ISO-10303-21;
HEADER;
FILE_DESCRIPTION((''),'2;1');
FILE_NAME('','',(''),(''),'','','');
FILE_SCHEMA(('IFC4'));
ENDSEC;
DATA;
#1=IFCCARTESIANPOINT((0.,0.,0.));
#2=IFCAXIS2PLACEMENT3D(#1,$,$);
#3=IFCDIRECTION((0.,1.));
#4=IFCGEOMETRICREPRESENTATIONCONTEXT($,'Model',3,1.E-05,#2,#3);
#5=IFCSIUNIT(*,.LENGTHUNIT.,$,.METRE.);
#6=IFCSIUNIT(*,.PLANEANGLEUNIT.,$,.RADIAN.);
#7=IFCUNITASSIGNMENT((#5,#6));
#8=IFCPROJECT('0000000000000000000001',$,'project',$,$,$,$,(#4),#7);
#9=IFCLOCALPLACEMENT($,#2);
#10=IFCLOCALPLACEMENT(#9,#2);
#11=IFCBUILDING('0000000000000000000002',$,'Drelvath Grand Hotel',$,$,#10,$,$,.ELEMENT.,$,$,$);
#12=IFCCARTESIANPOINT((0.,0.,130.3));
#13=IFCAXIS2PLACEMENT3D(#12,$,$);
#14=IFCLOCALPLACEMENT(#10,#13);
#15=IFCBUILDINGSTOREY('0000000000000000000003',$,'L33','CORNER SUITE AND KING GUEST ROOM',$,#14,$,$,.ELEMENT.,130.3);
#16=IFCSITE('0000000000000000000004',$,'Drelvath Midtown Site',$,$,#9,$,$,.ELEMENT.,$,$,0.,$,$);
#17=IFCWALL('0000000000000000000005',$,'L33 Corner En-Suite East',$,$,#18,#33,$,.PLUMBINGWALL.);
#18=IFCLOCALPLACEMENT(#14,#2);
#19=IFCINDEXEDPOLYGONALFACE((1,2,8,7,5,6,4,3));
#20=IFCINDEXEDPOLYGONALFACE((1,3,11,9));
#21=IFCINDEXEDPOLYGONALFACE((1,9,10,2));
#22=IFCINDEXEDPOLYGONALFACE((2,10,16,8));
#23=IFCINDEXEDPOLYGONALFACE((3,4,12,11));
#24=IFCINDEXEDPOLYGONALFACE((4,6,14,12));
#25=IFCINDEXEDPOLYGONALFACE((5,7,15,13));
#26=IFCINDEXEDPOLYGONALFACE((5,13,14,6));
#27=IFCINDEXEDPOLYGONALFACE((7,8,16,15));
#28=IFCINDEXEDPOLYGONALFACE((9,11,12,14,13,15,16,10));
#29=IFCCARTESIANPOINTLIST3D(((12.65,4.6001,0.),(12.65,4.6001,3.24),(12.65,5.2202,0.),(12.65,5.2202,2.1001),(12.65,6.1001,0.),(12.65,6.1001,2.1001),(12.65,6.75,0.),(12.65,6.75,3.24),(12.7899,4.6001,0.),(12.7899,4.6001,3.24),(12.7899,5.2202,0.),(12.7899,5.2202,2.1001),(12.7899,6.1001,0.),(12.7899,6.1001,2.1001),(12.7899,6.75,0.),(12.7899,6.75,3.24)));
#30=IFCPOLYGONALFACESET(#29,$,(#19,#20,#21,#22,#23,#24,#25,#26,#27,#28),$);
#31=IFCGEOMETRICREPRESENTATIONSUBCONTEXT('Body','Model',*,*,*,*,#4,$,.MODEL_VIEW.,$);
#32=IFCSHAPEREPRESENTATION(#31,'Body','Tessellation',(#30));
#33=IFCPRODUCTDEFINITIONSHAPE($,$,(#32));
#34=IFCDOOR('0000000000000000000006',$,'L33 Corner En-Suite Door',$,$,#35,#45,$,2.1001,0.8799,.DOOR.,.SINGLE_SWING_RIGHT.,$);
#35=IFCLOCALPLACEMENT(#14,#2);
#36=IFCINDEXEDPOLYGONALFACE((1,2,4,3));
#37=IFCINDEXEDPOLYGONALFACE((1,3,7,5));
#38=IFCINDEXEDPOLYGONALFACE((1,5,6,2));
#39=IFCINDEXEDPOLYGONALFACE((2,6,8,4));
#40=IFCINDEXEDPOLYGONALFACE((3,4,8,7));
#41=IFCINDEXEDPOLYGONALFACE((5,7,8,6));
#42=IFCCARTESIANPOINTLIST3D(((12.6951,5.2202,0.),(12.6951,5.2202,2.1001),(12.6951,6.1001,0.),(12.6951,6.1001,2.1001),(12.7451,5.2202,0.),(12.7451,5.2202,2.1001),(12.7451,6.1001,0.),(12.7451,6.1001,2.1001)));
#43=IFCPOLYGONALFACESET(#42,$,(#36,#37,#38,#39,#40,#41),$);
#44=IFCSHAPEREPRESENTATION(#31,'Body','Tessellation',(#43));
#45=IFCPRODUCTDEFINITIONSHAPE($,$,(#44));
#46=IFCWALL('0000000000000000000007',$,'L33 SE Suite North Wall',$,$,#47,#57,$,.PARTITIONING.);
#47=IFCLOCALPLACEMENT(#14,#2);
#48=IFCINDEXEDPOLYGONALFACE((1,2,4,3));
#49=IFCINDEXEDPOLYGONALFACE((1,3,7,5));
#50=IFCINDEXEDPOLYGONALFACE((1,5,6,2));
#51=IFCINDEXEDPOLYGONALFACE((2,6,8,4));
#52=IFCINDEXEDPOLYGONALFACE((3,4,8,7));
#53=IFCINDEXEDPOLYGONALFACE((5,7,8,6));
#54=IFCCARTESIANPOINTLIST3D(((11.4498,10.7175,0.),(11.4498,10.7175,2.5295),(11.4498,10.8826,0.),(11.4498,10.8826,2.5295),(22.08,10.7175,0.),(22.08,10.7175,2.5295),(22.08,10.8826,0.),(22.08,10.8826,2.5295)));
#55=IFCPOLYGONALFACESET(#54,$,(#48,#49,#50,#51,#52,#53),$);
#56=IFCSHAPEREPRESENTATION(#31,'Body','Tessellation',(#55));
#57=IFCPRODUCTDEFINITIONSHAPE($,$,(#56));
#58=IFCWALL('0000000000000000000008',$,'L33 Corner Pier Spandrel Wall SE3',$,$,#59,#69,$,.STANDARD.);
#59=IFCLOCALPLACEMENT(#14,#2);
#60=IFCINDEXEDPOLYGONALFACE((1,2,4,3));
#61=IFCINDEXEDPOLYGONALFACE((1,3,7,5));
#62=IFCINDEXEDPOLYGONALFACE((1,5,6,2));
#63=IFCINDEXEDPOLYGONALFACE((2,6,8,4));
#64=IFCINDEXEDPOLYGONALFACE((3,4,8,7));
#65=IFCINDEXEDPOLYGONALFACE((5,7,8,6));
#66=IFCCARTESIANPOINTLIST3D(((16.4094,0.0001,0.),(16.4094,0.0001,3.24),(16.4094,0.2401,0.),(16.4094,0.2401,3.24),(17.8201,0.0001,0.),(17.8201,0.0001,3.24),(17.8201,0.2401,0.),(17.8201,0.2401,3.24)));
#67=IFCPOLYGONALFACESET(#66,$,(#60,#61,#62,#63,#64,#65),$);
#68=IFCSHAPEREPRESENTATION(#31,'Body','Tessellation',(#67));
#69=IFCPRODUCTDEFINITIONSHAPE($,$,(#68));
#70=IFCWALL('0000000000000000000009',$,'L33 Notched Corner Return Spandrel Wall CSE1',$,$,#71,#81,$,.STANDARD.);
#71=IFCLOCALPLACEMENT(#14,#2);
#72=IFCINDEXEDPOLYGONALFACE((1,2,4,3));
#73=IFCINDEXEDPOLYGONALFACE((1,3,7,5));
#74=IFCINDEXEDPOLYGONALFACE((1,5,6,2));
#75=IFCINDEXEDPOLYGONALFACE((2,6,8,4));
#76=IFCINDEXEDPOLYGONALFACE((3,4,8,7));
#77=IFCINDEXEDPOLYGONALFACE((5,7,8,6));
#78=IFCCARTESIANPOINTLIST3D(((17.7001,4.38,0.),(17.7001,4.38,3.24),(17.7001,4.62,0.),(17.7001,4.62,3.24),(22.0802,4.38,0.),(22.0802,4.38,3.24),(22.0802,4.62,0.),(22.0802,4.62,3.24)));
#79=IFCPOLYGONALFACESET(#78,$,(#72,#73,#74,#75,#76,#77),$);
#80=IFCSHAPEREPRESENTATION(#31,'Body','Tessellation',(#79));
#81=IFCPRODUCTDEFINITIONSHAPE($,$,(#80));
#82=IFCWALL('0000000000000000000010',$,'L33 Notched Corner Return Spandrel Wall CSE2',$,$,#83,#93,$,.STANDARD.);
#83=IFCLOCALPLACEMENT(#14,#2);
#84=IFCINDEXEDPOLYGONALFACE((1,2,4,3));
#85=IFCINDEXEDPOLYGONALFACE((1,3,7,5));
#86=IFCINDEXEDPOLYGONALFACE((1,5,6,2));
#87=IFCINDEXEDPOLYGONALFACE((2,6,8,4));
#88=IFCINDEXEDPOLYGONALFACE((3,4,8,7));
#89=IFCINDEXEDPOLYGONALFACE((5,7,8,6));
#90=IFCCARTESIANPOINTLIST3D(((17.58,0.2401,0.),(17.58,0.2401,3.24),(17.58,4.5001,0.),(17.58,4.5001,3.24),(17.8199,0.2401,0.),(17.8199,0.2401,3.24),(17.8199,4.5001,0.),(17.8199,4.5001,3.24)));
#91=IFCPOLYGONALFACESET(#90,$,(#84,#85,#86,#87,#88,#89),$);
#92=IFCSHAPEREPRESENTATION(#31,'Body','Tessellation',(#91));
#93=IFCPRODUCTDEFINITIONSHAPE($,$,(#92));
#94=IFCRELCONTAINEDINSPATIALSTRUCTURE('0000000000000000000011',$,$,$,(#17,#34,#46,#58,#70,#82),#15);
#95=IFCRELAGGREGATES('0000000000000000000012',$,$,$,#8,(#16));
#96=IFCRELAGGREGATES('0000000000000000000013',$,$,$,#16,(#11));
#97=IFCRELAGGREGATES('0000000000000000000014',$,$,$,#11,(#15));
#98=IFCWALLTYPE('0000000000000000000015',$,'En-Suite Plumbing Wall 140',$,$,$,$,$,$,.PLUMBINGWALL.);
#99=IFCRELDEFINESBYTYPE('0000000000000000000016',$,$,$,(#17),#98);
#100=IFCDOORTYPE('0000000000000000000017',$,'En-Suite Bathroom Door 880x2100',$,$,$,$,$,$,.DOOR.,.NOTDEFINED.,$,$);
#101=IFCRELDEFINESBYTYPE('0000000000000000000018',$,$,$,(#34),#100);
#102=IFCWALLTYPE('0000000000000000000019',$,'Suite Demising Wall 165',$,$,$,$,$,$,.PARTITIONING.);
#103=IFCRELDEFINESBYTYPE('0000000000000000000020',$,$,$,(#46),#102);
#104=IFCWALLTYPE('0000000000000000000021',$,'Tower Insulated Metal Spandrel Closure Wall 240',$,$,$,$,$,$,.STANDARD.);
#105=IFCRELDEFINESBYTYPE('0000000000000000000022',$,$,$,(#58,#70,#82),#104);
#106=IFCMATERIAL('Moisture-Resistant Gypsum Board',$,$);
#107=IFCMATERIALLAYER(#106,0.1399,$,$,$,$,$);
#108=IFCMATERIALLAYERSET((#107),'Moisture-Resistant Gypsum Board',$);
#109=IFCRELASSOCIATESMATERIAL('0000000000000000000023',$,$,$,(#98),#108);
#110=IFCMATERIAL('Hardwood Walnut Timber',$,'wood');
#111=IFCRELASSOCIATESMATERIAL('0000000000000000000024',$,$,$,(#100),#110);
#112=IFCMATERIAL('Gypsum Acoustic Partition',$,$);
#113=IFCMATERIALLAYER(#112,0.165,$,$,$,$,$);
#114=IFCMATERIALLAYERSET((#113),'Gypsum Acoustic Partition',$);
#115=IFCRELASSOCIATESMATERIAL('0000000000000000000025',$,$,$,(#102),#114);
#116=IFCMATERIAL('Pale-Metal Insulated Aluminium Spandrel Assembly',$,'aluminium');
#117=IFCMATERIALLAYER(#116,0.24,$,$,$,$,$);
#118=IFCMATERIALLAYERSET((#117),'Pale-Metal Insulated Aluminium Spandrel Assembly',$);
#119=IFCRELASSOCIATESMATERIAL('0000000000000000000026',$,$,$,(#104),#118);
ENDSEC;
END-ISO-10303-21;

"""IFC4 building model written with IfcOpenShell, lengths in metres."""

from ifc_helpers import new_model, si_unit, direction, frame, frame_2d, origin, place, context, subcontext, project, spatial, rectangle, extrude, material, layer, layer_set, type_object, element, fill, save


model = new_model("IFC4")

# Units and contexts
model_context = context("Model", 3, precision=1e-05, world=origin(), true_north=direction((0.0, 1.0)))
body_context = subcontext(model_context, "Body", "Model", "MODEL_VIEW")
ifc_project = project(units=[si_unit("LENGTHUNIT", "METRE"), si_unit("PLANEANGLEUNIT", "RADIAN")], contexts=[model_context])

# Site, building, storey
site_placement = place(None, origin())
site = spatial("IfcSite", under=ifc_project, at=site_placement, Name="Drelvath Midtown Site", CompositionType="ELEMENT", RefElevation=0.0)
building_placement = place(site_placement, origin())
building = spatial("IfcBuilding", under=site, at=building_placement, Name="Drelvath Grand Hotel", CompositionType="ELEMENT")
storey_placement = place(building_placement, frame((0.0, 0.0, 130.3)))
storey = spatial("IfcBuildingStorey", under=building, at=storey_placement, Name="L33", Description="CORNER SUITE AND KING GUEST ROOM", CompositionType="ELEMENT", Elevation=130.3)

# Shared definitions
ifc_material_1 = material(Name="Hardwood Walnut Timber", Category="wood")

# Shared definitions
ifc_material_2 = material(Name="Moisture-Resistant Gypsum Board")
ifc_layer_1 = layer(ifc_material_2, 0.1399)
ifc_layer_set_1 = layer_set([ifc_layer_1], Name="Moisture-Resistant Gypsum Board")
wall_type_1 = type_object("IfcWallType", Name="En-Suite Plumbing Wall 140", PredefinedType="PLUMBINGWALL", material=ifc_layer_set_1)

# Wall, opening, door
wall_1_placement = place(storey_placement, frame((12.72, 4.6001, 0.0), z_axis=(0.0, 0.0, 1.0), x_axis=(0.0, 1.0, 0.0)))
wall_1 = element("IfcWall", 1, at=wall_1_placement, inside=storey, type_object=wall_type_1, Name="L33 Corner En-Suite East", PredefinedType="PLUMBINGWALL", context=body_context, shape_type="SweptSolid", body=[
    extrude(rectangle(XDim=2.1499, YDim=0.1399, at=frame_2d((1.075, 0.0))), origin(), (0.0, 0.0, 1.0), 3.24),
])
opening_1_placement = place(wall_1_placement, frame((0.6201, 0.0, 0.0)))
opening_1 = element("IfcOpeningElement", 2, at=opening_1_placement, cuts=wall_1, PredefinedType="OPENING", context=body_context, shape_type="SweptSolid", body=[
    extrude(rectangle(XDim=0.8799, YDim=2.1001, at=frame_2d((0.4399, 1.05))), frame((0.0, 0.0798, 0.0), z_axis=(0.0, -1.0, 0.0), x_axis=(1.0, 0.0, 0.0)), (0.0, 0.0, 1.0), 0.1599),
])
door_type_1 = type_object("IfcDoorType", Name="En-Suite Bathroom Door 880x2100", OperationType="NOTDEFINED", PredefinedType="DOOR", material=ifc_material_1)
door_1_placement = place(opening_1_placement, origin())
door_1 = element("IfcDoor", 3, at=door_1_placement, inside=storey, type_object=door_type_1, Name="L33 Corner En-Suite Door", OperationType="SINGLE_SWING_RIGHT", OverallHeight=2.1001, OverallWidth=0.8799, PredefinedType="DOOR", context=body_context, shape_type="SweptSolid", body=[
    extrude(rectangle(XDim=0.8799, YDim=2.1001, at=frame_2d((0.4399, 1.05))), frame((0.0, 0.0249, 0.0), z_axis=(0.0, -1.0, 0.0), x_axis=(1.0, 0.0, 0.0)), (0.0, 0.0, 1.0), 0.05),
])
fill(opening_1, door_1)

# Walls
ifc_material_3 = material(Name="Gypsum Acoustic Partition")
ifc_layer_2 = layer(ifc_material_3, 0.165)
ifc_layer_set_2 = layer_set([ifc_layer_2], Name="Gypsum Acoustic Partition")
wall_type_2 = type_object("IfcWallType", Name="Suite Demising Wall 165", PredefinedType="PARTITIONING", material=ifc_layer_set_2)
wall_2_placement = place(storey_placement, frame((11.45, 10.8, 0.0), z_axis=(0.0, 0.0, 1.0), x_axis=(1.0, 0.0, 0.0)))
element("IfcWall", 4, at=wall_2_placement, inside=storey, type_object=wall_type_2, Name="L33 SE Suite North Wall", PredefinedType="PARTITIONING", context=body_context, shape_type="SweptSolid", body=[
    extrude(rectangle(XDim=10.6301, YDim=0.165, at=frame_2d((5.3149, 0.0))), origin(), (0.0, 0.0, 1.0), 2.5295),
])
ifc_material_4 = material(Name="Pale-Metal Insulated Aluminium Spandrel Assembly", Category="aluminium")
ifc_layer_3 = layer(ifc_material_4, 0.24)
ifc_layer_set_3 = layer_set([ifc_layer_3], Name="Pale-Metal Insulated Aluminium Spandrel Assembly")
wall_type_3 = type_object("IfcWallType", Name="Tower Insulated Metal Spandrel Closure Wall 240", PredefinedType="STANDARD", material=ifc_layer_set_3)
wall_3_placement = place(storey_placement, frame((17.8201, 0.1201, 0.0), z_axis=(0.0, 0.0, 1.0), x_axis=(-1.0, 0.0, 0.0)))
element("IfcWall", 5, at=wall_3_placement, inside=storey, type_object=wall_type_3, Name="L33 Corner Pier Spandrel Wall SE3", PredefinedType="STANDARD", context=body_context, shape_type="SweptSolid", body=[
    extrude(rectangle(XDim=1.4106, YDim=0.24, at=frame_2d((0.7053, 0.0))), origin(), (0.0, 0.0, 1.0), 3.24),
])
wall_4_placement = place(storey_placement, frame((22.0801, 4.5, 0.0), z_axis=(0.0, 0.0, 1.0), x_axis=(-1.0, 0.0, 0.0)))
element("IfcWall", 6, at=wall_4_placement, inside=storey, type_object=wall_type_3, Name="L33 Notched Corner Return Spandrel Wall CSE1", PredefinedType="STANDARD", context=body_context, shape_type="SweptSolid", body=[
    extrude(rectangle(XDim=4.3801, YDim=0.24, at=frame_2d((2.1899, 0.0))), origin(), (0.0, 0.0, 1.0), 3.24),
])
wall_5_placement = place(storey_placement, frame((17.7, 4.5, 0.0), z_axis=(0.0, 0.0, 1.0), x_axis=(0.0, -1.0, 0.0)))
element("IfcWall", 7, at=wall_5_placement, inside=storey, type_object=wall_type_3, Name="L33 Notched Corner Return Spandrel Wall CSE2", PredefinedType="STANDARD", context=body_context, shape_type="SweptSolid", body=[
    extrude(rectangle(XDim=4.26, YDim=0.24, at=frame_2d((2.1299, 0.0))), origin(), (0.0, 0.0, 1.0), 3.24),
])

save(model, "model.ifc")
